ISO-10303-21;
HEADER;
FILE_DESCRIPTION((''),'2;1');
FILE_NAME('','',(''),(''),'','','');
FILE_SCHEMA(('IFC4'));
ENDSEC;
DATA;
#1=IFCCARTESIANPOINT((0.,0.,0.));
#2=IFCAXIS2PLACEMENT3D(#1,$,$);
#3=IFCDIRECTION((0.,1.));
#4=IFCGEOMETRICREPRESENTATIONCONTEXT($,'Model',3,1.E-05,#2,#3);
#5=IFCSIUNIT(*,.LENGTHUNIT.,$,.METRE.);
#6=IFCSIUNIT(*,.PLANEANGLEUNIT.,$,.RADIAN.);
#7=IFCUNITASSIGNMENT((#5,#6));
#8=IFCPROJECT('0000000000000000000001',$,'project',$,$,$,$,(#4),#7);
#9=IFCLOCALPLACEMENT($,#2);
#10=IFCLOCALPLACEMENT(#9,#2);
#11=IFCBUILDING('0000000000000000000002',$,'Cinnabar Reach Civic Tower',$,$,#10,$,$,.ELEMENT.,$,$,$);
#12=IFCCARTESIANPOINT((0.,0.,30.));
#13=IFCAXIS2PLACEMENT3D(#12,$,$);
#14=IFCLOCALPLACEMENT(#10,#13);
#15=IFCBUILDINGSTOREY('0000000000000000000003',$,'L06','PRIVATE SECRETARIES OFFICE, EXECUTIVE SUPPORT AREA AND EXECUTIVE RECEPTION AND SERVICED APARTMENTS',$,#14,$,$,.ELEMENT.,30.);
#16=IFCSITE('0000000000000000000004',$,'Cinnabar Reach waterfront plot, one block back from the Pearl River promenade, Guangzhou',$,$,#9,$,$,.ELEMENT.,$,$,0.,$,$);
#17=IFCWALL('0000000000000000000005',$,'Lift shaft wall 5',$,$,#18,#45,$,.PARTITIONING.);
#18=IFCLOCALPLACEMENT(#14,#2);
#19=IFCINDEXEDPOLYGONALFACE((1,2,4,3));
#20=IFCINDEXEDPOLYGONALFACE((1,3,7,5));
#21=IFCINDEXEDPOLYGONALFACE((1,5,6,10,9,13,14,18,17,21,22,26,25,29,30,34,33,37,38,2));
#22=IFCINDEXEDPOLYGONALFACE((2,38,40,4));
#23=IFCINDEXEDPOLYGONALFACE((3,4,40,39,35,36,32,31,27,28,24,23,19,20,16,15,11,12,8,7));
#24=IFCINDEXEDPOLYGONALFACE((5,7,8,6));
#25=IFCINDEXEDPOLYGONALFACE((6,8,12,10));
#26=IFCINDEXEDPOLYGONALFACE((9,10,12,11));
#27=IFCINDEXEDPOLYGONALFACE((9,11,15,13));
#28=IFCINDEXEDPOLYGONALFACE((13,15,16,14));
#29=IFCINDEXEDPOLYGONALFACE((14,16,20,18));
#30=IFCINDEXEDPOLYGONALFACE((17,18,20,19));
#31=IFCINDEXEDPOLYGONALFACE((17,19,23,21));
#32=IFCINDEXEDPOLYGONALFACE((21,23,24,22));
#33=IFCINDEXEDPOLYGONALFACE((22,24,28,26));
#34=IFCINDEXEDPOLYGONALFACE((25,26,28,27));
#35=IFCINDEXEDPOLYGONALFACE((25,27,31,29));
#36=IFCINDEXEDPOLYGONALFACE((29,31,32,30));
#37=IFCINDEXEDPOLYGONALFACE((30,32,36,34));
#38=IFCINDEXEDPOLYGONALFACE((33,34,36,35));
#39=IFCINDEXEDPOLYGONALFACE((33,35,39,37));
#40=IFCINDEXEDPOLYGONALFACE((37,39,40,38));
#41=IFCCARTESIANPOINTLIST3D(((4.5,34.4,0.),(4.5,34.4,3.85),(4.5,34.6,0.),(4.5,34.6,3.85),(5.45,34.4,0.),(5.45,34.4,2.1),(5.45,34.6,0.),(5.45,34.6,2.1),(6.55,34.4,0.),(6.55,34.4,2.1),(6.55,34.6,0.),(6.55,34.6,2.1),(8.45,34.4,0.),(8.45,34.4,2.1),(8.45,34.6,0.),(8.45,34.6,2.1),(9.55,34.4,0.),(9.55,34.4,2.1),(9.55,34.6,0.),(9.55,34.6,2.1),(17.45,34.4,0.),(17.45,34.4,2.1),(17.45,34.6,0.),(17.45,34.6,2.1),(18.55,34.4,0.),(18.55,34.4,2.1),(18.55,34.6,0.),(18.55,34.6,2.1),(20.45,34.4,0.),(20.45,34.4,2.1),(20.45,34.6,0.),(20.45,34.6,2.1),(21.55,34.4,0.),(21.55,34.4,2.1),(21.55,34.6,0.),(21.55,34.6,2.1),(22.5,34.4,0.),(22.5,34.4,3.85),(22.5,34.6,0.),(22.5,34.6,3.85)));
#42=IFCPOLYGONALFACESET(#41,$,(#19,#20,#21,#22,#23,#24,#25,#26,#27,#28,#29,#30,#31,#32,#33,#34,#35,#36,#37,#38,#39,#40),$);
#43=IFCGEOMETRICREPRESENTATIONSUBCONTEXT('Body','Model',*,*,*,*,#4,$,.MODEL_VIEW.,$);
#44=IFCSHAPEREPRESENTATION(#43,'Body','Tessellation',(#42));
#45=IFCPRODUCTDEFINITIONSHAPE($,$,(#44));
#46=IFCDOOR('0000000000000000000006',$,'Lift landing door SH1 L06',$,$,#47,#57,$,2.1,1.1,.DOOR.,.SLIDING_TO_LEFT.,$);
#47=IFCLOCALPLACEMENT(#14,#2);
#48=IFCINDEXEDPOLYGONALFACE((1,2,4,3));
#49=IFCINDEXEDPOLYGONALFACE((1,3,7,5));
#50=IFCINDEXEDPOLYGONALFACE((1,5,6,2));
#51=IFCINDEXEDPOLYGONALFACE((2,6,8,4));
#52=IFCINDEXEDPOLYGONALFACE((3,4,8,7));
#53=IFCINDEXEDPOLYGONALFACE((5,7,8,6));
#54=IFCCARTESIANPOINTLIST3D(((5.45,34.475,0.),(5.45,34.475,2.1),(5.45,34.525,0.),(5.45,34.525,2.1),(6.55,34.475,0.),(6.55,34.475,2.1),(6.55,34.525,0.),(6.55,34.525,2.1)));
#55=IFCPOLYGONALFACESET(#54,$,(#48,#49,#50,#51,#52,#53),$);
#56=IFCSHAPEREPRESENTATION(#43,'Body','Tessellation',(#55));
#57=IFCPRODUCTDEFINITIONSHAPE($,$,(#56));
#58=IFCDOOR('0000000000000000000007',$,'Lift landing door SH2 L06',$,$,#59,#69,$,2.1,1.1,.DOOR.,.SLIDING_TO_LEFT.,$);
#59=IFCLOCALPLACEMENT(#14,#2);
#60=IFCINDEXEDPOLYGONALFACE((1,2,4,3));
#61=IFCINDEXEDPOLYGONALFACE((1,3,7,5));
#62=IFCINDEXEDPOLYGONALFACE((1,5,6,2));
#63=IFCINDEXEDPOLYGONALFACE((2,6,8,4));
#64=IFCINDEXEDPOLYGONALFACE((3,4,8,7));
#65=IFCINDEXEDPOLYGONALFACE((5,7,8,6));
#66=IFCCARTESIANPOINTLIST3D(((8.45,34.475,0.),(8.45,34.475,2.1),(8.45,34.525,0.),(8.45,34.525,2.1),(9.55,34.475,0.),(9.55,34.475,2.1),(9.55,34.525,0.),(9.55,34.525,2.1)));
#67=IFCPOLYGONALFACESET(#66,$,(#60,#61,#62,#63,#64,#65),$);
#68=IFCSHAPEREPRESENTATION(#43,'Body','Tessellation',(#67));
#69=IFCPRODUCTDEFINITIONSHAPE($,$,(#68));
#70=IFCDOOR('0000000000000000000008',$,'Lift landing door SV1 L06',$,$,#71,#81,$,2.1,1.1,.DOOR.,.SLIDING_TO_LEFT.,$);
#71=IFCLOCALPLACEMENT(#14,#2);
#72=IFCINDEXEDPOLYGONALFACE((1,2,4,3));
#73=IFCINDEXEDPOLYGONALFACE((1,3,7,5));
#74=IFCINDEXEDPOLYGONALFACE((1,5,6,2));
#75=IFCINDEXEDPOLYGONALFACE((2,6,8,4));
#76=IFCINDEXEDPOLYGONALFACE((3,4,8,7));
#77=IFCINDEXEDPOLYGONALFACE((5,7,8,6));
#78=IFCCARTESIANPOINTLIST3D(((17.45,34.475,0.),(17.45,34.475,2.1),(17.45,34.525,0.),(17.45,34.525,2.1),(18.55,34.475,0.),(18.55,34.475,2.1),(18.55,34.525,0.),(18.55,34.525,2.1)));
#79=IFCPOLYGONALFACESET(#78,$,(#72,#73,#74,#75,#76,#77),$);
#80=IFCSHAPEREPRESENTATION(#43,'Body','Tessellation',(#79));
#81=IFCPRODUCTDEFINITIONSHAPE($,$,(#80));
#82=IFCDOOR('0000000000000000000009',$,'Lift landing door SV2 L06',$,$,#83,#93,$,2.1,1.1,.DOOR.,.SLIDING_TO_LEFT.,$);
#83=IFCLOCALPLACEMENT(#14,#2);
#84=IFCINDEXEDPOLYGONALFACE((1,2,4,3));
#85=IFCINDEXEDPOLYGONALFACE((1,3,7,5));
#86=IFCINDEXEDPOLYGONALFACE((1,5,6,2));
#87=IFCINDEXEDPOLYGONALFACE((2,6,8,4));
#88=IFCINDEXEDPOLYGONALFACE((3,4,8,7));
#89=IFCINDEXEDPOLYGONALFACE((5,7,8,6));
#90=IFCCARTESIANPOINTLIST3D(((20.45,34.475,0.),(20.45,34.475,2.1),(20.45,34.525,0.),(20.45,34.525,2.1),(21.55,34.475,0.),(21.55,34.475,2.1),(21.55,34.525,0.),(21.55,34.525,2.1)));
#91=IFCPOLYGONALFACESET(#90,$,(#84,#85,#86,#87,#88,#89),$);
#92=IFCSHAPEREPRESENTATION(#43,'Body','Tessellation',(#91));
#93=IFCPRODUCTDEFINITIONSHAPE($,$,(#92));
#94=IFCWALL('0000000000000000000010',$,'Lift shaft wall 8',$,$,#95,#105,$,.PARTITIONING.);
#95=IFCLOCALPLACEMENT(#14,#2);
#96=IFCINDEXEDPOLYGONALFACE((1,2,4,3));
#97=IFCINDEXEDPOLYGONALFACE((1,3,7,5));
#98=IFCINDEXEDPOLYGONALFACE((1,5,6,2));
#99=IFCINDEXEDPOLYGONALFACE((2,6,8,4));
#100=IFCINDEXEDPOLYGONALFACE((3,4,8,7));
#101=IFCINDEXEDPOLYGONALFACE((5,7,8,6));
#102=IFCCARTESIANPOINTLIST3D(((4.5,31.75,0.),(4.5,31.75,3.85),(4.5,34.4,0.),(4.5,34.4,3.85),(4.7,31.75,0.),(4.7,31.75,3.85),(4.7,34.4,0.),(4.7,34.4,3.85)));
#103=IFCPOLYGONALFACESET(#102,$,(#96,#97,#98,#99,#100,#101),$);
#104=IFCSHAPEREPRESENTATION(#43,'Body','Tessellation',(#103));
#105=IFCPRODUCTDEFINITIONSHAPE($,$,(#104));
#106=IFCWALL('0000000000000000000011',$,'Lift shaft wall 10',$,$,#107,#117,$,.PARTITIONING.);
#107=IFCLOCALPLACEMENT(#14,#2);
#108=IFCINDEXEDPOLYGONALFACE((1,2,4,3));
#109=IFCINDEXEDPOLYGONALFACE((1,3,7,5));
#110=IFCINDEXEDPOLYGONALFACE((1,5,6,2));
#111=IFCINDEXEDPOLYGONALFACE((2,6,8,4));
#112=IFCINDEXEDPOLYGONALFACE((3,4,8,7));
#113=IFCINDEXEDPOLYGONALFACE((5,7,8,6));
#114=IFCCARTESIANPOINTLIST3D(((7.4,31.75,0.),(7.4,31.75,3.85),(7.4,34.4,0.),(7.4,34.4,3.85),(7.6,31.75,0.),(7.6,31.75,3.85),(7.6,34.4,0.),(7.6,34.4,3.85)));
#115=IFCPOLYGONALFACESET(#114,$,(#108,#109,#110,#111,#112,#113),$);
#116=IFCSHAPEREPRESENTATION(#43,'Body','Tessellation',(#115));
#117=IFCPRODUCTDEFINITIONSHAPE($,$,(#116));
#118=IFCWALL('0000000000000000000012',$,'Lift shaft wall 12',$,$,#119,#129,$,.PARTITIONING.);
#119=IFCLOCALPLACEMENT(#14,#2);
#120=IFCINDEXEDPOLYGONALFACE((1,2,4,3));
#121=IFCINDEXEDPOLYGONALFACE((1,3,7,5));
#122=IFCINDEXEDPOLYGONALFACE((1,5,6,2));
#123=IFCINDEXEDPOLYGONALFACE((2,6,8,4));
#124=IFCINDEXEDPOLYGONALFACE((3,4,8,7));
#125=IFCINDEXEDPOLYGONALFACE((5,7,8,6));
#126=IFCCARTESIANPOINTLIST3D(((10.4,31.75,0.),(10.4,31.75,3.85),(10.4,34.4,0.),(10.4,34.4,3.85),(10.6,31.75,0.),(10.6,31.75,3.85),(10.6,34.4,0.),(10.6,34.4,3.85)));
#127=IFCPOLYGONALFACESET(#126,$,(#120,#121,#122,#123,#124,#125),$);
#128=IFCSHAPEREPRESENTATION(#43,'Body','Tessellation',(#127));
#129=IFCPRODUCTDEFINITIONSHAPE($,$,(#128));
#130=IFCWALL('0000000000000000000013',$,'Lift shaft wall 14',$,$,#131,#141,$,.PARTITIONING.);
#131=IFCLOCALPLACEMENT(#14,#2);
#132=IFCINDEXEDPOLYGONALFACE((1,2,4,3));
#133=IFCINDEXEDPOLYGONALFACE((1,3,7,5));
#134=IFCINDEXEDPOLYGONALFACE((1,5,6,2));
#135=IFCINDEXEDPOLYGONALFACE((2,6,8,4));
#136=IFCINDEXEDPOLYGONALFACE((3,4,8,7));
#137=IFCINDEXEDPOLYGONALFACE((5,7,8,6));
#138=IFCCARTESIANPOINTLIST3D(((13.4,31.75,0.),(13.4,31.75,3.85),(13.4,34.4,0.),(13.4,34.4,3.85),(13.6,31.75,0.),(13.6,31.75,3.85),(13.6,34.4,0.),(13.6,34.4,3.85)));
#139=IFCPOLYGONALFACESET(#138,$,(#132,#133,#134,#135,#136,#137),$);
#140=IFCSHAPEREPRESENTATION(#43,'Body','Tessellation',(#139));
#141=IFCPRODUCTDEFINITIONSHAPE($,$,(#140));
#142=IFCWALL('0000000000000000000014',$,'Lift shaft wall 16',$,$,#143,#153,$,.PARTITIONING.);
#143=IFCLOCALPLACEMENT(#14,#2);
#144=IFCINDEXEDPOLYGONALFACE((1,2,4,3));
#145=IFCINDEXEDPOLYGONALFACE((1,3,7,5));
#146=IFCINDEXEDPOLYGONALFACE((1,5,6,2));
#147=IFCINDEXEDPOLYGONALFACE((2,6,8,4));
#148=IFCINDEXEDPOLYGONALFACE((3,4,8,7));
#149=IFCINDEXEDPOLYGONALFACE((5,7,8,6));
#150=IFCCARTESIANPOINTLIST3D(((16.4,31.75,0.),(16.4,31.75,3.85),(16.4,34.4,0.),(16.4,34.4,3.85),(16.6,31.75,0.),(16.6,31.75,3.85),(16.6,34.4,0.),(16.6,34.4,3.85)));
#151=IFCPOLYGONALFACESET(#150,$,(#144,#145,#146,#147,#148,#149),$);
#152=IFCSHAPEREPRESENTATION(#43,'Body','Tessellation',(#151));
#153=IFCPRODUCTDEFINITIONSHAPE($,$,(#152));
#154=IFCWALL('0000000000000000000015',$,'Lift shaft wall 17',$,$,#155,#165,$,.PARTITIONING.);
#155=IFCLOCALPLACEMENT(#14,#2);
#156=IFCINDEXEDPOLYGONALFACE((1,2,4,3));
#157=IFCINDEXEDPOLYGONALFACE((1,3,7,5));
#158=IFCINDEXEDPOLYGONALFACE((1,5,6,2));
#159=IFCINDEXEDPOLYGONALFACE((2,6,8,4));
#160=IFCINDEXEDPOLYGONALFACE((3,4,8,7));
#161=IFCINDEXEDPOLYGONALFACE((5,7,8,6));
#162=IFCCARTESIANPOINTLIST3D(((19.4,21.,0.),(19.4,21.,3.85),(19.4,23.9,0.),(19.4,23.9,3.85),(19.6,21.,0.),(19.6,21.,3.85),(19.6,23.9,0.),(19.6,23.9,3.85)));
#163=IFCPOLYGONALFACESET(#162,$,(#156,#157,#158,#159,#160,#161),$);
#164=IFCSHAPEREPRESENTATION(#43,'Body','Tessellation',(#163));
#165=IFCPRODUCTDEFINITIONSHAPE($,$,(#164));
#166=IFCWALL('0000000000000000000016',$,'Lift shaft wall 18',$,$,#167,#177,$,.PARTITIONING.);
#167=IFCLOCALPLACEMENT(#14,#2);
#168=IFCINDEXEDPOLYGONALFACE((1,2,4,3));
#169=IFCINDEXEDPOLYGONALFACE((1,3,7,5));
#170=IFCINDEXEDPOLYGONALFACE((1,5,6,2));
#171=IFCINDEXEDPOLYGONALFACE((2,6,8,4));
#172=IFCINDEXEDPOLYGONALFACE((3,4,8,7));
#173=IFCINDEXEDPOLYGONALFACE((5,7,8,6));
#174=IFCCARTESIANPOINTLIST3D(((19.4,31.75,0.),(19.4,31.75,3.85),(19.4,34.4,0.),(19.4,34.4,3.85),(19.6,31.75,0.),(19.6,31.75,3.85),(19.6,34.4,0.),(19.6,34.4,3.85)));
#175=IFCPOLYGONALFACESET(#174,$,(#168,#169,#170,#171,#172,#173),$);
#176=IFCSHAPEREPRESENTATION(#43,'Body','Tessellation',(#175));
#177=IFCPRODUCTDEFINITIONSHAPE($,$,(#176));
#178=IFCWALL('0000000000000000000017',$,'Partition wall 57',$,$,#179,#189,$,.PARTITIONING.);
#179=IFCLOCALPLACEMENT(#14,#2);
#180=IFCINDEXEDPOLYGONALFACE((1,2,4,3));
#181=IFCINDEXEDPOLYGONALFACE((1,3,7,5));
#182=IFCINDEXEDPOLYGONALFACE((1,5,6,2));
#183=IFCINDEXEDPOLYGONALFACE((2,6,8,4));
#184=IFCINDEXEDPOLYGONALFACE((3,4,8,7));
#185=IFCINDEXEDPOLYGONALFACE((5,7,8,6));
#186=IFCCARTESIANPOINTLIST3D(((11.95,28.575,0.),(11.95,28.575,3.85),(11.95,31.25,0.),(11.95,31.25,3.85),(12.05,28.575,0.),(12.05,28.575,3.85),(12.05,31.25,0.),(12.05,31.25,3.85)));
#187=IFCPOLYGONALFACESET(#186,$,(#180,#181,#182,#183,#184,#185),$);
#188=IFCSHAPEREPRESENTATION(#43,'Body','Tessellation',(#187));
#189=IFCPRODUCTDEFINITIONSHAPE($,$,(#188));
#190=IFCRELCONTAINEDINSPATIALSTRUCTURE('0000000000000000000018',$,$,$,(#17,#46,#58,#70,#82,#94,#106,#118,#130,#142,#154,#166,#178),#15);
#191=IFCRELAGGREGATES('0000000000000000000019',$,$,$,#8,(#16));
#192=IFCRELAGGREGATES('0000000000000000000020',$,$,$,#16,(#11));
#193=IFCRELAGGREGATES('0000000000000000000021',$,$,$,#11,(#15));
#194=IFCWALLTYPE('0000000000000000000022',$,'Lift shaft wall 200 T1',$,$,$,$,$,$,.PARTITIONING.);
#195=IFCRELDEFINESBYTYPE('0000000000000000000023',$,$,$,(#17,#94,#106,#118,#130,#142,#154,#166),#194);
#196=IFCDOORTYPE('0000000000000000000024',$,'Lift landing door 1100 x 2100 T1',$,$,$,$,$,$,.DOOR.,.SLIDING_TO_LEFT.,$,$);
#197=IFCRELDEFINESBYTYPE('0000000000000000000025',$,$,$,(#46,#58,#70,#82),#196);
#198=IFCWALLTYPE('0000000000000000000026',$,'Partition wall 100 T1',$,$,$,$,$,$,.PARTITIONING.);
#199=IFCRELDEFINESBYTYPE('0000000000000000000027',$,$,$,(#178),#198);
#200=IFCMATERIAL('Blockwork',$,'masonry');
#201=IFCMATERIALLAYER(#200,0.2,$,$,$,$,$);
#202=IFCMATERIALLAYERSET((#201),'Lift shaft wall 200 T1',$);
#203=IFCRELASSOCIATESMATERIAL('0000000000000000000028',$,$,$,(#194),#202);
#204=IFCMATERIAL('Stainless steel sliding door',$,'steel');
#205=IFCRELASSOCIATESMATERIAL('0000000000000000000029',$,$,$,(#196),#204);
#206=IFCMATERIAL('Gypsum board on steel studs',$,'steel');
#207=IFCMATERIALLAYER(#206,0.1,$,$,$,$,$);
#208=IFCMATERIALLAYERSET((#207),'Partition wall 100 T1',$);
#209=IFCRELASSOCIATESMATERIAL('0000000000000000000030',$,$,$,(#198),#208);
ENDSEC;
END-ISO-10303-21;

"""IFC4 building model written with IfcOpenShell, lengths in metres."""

from ifc_helpers import new_model, si_unit, direction, frame, frame_2d, origin, place, context, subcontext, project, spatial, rectangle, extrude, material, layer, layer_set, type_object, element, fill, save


model = new_model("IFC4")

# Units and contexts
model_context = context("Model", 3, precision=1e-05, world=origin(), true_north=direction((0.0, 1.0)))
body_context = subcontext(model_context, "Body", "Model", "MODEL_VIEW")
ifc_project = project(units=[si_unit("LENGTHUNIT", "METRE"), si_unit("PLANEANGLEUNIT", "RADIAN")], contexts=[model_context])

# Site, building, storey
site_placement = place(None, origin())
site = spatial("IfcSite", under=ifc_project, at=site_placement, Name="Cinnabar Reach waterfront plot, one block back from the Pearl River promenade, Guangzhou", CompositionType="ELEMENT", RefElevation=0.0)
building_placement = place(site_placement, origin())
building = spatial("IfcBuilding", under=site, at=building_placement, Name="Cinnabar Reach Civic Tower", CompositionType="ELEMENT")
storey_placement = place(building_placement, frame((0.0, 0.0, 30.0)))
storey = spatial("IfcBuildingStorey", under=building, at=storey_placement, Name="L06", Description="PRIVATE SECRETARIES OFFICE, EXECUTIVE SUPPORT AREA AND EXECUTIVE RECEPTION AND SERVICED APARTMENTS", CompositionType="ELEMENT", Elevation=30.0)

# Wall, openings, doors
ifc_material_1 = material(Name="Blockwork", Category="masonry")
ifc_layer_1 = layer(ifc_material_1, 0.2)
ifc_layer_set_1 = layer_set([ifc_layer_1], Name="Lift shaft wall 200 T1")
wall_type_1 = type_object("IfcWallType", Name="Lift shaft wall 200 T1", PredefinedType="PARTITIONING", material=ifc_layer_set_1)
wall_1_placement = place(storey_placement, frame((4.5, 34.5, 0.0), z_axis=(0.0, 0.0, 1.0), x_axis=(1.0, 0.0, 0.0)))
wall_1 = element("IfcWall", 1, at=wall_1_placement, inside=storey, type_object=wall_type_1, Name="Lift shaft wall 5", PredefinedType="PARTITIONING", context=body_context, shape_type="SweptSolid", body=[
    extrude(rectangle(XDim=18.0, YDim=0.2, at=frame_2d((9.0, 0.0))), origin(), (0.0, 0.0, 1.0), 3.85),
])
opening_1_placement = place(wall_1_placement, frame((0.95, 0.0, 0.0)))
opening_1 = element("IfcOpeningElement", 2, at=opening_1_placement, cuts=wall_1, PredefinedType="OPENING", context=body_context, shape_type="SweptSolid", body=[
    extrude(rectangle(XDim=1.1, YDim=2.1, at=frame_2d((0.55, 1.05))), frame((0.0, 0.11, 0.0), z_axis=(0.0, -1.0, 0.0), x_axis=(1.0, 0.0, 0.0)), (0.0, 0.0, 1.0), 0.22),
])
opening_2_placement = place(wall_1_placement, frame((3.95, 0.0, 0.0)))
opening_2 = element("IfcOpeningElement", 3, at=opening_2_placement, cuts=wall_1, PredefinedType="OPENING", context=body_context, shape_type="SweptSolid", body=[
    extrude(rectangle(XDim=1.1, YDim=2.1, at=frame_2d((0.55, 1.05))), frame((0.0, 0.11, 0.0), z_axis=(0.0, -1.0, 0.0), x_axis=(1.0, 0.0, 0.0)), (0.0, 0.0, 1.0), 0.22),
])
opening_3_placement = place(wall_1_placement, frame((12.95, 0.0, 0.0)))
opening_3 = element("IfcOpeningElement", 4, at=opening_3_placement, cuts=wall_1, PredefinedType="OPENING", context=body_context, shape_type="SweptSolid", body=[
    extrude(rectangle(XDim=1.1, YDim=2.1, at=frame_2d((0.55, 1.05))), frame((0.0, 0.11, 0.0), z_axis=(0.0, -1.0, 0.0), x_axis=(1.0, 0.0, 0.0)), (0.0, 0.0, 1.0), 0.22),
])
opening_4_placement = place(wall_1_placement, frame((15.95, 0.0, 0.0)))
opening_4 = element("IfcOpeningElement", 5, at=opening_4_placement, cuts=wall_1, PredefinedType="OPENING", context=body_context, shape_type="SweptSolid", body=[
    extrude(rectangle(XDim=1.1, YDim=2.1, at=frame_2d((0.55, 1.05))), frame((0.0, 0.11, 0.0), z_axis=(0.0, -1.0, 0.0), x_axis=(1.0, 0.0, 0.0)), (0.0, 0.0, 1.0), 0.22),
])
ifc_material_2 = material(Name="Stainless steel sliding door", Category="steel")
door_type_1 = type_object("IfcDoorType", Name="Lift landing door 1100 x 2100 T1", OperationType="SLIDING_TO_LEFT", PredefinedType="DOOR", material=ifc_material_2)
door_1_placement = place(opening_1_placement, origin())
door_1 = element("IfcDoor", 6, at=door_1_placement, inside=storey, type_object=door_type_1, Name="Lift landing door SH1 L06", OperationType="SLIDING_TO_LEFT", OverallHeight=2.1, OverallWidth=1.1, PredefinedType="DOOR", context=body_context, shape_type="SweptSolid", body=[
    extrude(rectangle(XDim=1.1, YDim=2.1, at=frame_2d((0.55, 1.05))), frame((0.0, 0.025, 0.0), z_axis=(0.0, -1.0, 0.0), x_axis=(1.0, 0.0, 0.0)), (0.0, 0.0, 1.0), 0.05),
])
fill(opening_1, door_1)
door_2_placement = place(opening_2_placement, origin())
door_2 = element("IfcDoor", 7, at=door_2_placement, inside=storey, type_object=door_type_1, Name="Lift landing door SH2 L06", OperationType="SLIDING_TO_LEFT", OverallHeight=2.1, OverallWidth=1.1, PredefinedType="DOOR", context=body_context, shape_type="SweptSolid", body=[
    extrude(rectangle(XDim=1.1, YDim=2.1, at=frame_2d((0.55, 1.05))), frame((0.0, 0.025, 0.0), z_axis=(0.0, -1.0, 0.0), x_axis=(1.0, 0.0, 0.0)), (0.0, 0.0, 1.0), 0.05),
])
fill(opening_2, door_2)
door_3_placement = place(opening_3_placement, origin())
door_3 = element("IfcDoor", 8, at=door_3_placement, inside=storey, type_object=door_type_1, Name="Lift landing door SV1 L06", OperationType="SLIDING_TO_LEFT", OverallHeight=2.1, OverallWidth=1.1, PredefinedType="DOOR", context=body_context, shape_type="SweptSolid", body=[
    extrude(rectangle(XDim=1.1, YDim=2.1, at=frame_2d((0.55, 1.05))), frame((0.0, 0.025, 0.0), z_axis=(0.0, -1.0, 0.0), x_axis=(1.0, 0.0, 0.0)), (0.0, 0.0, 1.0), 0.05),
])
fill(opening_3, door_3)
door_4_placement = place(opening_4_placement, origin())
door_4 = element("IfcDoor", 9, at=door_4_placement, inside=storey, type_object=door_type_1, Name="Lift landing door SV2 L06", OperationType="SLIDING_TO_LEFT", OverallHeight=2.1, OverallWidth=1.1, PredefinedType="DOOR", context=body_context, shape_type="SweptSolid", body=[
    extrude(rectangle(XDim=1.1, YDim=2.1, at=frame_2d((0.55, 1.05))), frame((0.0, 0.025, 0.0), z_axis=(0.0, -1.0, 0.0), x_axis=(1.0, 0.0, 0.0)), (0.0, 0.0, 1.0), 0.05),
])
fill(opening_4, door_4)

# Walls
for number, where, z_axis, x_axis, name in (
    (10, (4.6, 31.75, 0.0), (0.0, 0.0, 1.0), (0.0, 1.0, 0.0), "Lift shaft wall 8"),
    (11, (7.5, 31.75, 0.0), (0.0, 0.0, 1.0), (0.0, 1.0, 0.0), "Lift shaft wall 10"),
    (12, (10.5, 31.75, 0.0), (0.0, 0.0, 1.0), (0.0, 1.0, 0.0), "Lift shaft wall 12"),
    (13, (13.5, 31.75, 0.0), (0.0, 0.0, 1.0), (0.0, 1.0, 0.0), "Lift shaft wall 14"),
    (14, (16.5, 31.75, 0.0), (0.0, 0.0, 1.0), (0.0, 1.0, 0.0), "Lift shaft wall 16"),
):
    element("IfcWall", number, at=place(storey_placement, frame(where, z_axis=z_axis, x_axis=x_axis)), inside=storey, type_object=wall_type_1, Name=name, PredefinedType="PARTITIONING", context=body_context, shape_type="SweptSolid", body=[
        extrude(rectangle(XDim=2.65, YDim=0.2, at=frame_2d((1.325, 0.0))), origin(), (0.0, 0.0, 1.0), 3.85),
    ])
wall_2_placement = place(storey_placement, frame((19.5, 21.0, 0.0), z_axis=(0.0, 0.0, 1.0), x_axis=(0.0, 1.0, 0.0)))
element("IfcWall", 15, at=wall_2_placement, inside=storey, type_object=wall_type_1, Name="Lift shaft wall 17", PredefinedType="PARTITIONING", context=body_context, shape_type="SweptSolid", body=[
    extrude(rectangle(XDim=2.9, YDim=0.2, at=frame_2d((1.45, 0.0))), origin(), (0.0, 0.0, 1.0), 3.85),
])
wall_3_placement = place(storey_placement, frame((19.5, 31.75, 0.0), z_axis=(0.0, 0.0, 1.0), x_axis=(0.0, 1.0, 0.0)))
element("IfcWall", 16, at=wall_3_placement, inside=storey, type_object=wall_type_1, Name="Lift shaft wall 18", PredefinedType="PARTITIONING", context=body_context, shape_type="SweptSolid", body=[
    extrude(rectangle(XDim=2.65, YDim=0.2, at=frame_2d((1.325, 0.0))), origin(), (0.0, 0.0, 1.0), 3.85),
])
ifc_material_3 = material(Name="Gypsum board on steel studs", Category="steel")
ifc_layer_2 = layer(ifc_material_3, 0.1)
ifc_layer_set_2 = layer_set([ifc_layer_2], Name="Partition wall 100 T1")
wall_type_2 = type_object("IfcWallType", Name="Partition wall 100 T1", PredefinedType="PARTITIONING", material=ifc_layer_set_2)
for number, where, z_axis, x_axis, name in (
    (17, (12.0, 28.575, 0.0), (0.0, 0.0, 1.0), (0.0, 1.0, 0.0), "Partition wall 57"),
):
    element("IfcWall", number, at=place(storey_placement, frame(where, z_axis=z_axis, x_axis=x_axis)), inside=storey, type_object=wall_type_2, Name=name, PredefinedType="PARTITIONING", context=body_context, shape_type="SweptSolid", body=[
        extrude(rectangle(XDim=2.675, YDim=0.1, at=frame_2d((1.3375, 0.0))), origin(), (0.0, 0.0, 1.0), 3.85),
    ])

save(model, "model.ifc")
